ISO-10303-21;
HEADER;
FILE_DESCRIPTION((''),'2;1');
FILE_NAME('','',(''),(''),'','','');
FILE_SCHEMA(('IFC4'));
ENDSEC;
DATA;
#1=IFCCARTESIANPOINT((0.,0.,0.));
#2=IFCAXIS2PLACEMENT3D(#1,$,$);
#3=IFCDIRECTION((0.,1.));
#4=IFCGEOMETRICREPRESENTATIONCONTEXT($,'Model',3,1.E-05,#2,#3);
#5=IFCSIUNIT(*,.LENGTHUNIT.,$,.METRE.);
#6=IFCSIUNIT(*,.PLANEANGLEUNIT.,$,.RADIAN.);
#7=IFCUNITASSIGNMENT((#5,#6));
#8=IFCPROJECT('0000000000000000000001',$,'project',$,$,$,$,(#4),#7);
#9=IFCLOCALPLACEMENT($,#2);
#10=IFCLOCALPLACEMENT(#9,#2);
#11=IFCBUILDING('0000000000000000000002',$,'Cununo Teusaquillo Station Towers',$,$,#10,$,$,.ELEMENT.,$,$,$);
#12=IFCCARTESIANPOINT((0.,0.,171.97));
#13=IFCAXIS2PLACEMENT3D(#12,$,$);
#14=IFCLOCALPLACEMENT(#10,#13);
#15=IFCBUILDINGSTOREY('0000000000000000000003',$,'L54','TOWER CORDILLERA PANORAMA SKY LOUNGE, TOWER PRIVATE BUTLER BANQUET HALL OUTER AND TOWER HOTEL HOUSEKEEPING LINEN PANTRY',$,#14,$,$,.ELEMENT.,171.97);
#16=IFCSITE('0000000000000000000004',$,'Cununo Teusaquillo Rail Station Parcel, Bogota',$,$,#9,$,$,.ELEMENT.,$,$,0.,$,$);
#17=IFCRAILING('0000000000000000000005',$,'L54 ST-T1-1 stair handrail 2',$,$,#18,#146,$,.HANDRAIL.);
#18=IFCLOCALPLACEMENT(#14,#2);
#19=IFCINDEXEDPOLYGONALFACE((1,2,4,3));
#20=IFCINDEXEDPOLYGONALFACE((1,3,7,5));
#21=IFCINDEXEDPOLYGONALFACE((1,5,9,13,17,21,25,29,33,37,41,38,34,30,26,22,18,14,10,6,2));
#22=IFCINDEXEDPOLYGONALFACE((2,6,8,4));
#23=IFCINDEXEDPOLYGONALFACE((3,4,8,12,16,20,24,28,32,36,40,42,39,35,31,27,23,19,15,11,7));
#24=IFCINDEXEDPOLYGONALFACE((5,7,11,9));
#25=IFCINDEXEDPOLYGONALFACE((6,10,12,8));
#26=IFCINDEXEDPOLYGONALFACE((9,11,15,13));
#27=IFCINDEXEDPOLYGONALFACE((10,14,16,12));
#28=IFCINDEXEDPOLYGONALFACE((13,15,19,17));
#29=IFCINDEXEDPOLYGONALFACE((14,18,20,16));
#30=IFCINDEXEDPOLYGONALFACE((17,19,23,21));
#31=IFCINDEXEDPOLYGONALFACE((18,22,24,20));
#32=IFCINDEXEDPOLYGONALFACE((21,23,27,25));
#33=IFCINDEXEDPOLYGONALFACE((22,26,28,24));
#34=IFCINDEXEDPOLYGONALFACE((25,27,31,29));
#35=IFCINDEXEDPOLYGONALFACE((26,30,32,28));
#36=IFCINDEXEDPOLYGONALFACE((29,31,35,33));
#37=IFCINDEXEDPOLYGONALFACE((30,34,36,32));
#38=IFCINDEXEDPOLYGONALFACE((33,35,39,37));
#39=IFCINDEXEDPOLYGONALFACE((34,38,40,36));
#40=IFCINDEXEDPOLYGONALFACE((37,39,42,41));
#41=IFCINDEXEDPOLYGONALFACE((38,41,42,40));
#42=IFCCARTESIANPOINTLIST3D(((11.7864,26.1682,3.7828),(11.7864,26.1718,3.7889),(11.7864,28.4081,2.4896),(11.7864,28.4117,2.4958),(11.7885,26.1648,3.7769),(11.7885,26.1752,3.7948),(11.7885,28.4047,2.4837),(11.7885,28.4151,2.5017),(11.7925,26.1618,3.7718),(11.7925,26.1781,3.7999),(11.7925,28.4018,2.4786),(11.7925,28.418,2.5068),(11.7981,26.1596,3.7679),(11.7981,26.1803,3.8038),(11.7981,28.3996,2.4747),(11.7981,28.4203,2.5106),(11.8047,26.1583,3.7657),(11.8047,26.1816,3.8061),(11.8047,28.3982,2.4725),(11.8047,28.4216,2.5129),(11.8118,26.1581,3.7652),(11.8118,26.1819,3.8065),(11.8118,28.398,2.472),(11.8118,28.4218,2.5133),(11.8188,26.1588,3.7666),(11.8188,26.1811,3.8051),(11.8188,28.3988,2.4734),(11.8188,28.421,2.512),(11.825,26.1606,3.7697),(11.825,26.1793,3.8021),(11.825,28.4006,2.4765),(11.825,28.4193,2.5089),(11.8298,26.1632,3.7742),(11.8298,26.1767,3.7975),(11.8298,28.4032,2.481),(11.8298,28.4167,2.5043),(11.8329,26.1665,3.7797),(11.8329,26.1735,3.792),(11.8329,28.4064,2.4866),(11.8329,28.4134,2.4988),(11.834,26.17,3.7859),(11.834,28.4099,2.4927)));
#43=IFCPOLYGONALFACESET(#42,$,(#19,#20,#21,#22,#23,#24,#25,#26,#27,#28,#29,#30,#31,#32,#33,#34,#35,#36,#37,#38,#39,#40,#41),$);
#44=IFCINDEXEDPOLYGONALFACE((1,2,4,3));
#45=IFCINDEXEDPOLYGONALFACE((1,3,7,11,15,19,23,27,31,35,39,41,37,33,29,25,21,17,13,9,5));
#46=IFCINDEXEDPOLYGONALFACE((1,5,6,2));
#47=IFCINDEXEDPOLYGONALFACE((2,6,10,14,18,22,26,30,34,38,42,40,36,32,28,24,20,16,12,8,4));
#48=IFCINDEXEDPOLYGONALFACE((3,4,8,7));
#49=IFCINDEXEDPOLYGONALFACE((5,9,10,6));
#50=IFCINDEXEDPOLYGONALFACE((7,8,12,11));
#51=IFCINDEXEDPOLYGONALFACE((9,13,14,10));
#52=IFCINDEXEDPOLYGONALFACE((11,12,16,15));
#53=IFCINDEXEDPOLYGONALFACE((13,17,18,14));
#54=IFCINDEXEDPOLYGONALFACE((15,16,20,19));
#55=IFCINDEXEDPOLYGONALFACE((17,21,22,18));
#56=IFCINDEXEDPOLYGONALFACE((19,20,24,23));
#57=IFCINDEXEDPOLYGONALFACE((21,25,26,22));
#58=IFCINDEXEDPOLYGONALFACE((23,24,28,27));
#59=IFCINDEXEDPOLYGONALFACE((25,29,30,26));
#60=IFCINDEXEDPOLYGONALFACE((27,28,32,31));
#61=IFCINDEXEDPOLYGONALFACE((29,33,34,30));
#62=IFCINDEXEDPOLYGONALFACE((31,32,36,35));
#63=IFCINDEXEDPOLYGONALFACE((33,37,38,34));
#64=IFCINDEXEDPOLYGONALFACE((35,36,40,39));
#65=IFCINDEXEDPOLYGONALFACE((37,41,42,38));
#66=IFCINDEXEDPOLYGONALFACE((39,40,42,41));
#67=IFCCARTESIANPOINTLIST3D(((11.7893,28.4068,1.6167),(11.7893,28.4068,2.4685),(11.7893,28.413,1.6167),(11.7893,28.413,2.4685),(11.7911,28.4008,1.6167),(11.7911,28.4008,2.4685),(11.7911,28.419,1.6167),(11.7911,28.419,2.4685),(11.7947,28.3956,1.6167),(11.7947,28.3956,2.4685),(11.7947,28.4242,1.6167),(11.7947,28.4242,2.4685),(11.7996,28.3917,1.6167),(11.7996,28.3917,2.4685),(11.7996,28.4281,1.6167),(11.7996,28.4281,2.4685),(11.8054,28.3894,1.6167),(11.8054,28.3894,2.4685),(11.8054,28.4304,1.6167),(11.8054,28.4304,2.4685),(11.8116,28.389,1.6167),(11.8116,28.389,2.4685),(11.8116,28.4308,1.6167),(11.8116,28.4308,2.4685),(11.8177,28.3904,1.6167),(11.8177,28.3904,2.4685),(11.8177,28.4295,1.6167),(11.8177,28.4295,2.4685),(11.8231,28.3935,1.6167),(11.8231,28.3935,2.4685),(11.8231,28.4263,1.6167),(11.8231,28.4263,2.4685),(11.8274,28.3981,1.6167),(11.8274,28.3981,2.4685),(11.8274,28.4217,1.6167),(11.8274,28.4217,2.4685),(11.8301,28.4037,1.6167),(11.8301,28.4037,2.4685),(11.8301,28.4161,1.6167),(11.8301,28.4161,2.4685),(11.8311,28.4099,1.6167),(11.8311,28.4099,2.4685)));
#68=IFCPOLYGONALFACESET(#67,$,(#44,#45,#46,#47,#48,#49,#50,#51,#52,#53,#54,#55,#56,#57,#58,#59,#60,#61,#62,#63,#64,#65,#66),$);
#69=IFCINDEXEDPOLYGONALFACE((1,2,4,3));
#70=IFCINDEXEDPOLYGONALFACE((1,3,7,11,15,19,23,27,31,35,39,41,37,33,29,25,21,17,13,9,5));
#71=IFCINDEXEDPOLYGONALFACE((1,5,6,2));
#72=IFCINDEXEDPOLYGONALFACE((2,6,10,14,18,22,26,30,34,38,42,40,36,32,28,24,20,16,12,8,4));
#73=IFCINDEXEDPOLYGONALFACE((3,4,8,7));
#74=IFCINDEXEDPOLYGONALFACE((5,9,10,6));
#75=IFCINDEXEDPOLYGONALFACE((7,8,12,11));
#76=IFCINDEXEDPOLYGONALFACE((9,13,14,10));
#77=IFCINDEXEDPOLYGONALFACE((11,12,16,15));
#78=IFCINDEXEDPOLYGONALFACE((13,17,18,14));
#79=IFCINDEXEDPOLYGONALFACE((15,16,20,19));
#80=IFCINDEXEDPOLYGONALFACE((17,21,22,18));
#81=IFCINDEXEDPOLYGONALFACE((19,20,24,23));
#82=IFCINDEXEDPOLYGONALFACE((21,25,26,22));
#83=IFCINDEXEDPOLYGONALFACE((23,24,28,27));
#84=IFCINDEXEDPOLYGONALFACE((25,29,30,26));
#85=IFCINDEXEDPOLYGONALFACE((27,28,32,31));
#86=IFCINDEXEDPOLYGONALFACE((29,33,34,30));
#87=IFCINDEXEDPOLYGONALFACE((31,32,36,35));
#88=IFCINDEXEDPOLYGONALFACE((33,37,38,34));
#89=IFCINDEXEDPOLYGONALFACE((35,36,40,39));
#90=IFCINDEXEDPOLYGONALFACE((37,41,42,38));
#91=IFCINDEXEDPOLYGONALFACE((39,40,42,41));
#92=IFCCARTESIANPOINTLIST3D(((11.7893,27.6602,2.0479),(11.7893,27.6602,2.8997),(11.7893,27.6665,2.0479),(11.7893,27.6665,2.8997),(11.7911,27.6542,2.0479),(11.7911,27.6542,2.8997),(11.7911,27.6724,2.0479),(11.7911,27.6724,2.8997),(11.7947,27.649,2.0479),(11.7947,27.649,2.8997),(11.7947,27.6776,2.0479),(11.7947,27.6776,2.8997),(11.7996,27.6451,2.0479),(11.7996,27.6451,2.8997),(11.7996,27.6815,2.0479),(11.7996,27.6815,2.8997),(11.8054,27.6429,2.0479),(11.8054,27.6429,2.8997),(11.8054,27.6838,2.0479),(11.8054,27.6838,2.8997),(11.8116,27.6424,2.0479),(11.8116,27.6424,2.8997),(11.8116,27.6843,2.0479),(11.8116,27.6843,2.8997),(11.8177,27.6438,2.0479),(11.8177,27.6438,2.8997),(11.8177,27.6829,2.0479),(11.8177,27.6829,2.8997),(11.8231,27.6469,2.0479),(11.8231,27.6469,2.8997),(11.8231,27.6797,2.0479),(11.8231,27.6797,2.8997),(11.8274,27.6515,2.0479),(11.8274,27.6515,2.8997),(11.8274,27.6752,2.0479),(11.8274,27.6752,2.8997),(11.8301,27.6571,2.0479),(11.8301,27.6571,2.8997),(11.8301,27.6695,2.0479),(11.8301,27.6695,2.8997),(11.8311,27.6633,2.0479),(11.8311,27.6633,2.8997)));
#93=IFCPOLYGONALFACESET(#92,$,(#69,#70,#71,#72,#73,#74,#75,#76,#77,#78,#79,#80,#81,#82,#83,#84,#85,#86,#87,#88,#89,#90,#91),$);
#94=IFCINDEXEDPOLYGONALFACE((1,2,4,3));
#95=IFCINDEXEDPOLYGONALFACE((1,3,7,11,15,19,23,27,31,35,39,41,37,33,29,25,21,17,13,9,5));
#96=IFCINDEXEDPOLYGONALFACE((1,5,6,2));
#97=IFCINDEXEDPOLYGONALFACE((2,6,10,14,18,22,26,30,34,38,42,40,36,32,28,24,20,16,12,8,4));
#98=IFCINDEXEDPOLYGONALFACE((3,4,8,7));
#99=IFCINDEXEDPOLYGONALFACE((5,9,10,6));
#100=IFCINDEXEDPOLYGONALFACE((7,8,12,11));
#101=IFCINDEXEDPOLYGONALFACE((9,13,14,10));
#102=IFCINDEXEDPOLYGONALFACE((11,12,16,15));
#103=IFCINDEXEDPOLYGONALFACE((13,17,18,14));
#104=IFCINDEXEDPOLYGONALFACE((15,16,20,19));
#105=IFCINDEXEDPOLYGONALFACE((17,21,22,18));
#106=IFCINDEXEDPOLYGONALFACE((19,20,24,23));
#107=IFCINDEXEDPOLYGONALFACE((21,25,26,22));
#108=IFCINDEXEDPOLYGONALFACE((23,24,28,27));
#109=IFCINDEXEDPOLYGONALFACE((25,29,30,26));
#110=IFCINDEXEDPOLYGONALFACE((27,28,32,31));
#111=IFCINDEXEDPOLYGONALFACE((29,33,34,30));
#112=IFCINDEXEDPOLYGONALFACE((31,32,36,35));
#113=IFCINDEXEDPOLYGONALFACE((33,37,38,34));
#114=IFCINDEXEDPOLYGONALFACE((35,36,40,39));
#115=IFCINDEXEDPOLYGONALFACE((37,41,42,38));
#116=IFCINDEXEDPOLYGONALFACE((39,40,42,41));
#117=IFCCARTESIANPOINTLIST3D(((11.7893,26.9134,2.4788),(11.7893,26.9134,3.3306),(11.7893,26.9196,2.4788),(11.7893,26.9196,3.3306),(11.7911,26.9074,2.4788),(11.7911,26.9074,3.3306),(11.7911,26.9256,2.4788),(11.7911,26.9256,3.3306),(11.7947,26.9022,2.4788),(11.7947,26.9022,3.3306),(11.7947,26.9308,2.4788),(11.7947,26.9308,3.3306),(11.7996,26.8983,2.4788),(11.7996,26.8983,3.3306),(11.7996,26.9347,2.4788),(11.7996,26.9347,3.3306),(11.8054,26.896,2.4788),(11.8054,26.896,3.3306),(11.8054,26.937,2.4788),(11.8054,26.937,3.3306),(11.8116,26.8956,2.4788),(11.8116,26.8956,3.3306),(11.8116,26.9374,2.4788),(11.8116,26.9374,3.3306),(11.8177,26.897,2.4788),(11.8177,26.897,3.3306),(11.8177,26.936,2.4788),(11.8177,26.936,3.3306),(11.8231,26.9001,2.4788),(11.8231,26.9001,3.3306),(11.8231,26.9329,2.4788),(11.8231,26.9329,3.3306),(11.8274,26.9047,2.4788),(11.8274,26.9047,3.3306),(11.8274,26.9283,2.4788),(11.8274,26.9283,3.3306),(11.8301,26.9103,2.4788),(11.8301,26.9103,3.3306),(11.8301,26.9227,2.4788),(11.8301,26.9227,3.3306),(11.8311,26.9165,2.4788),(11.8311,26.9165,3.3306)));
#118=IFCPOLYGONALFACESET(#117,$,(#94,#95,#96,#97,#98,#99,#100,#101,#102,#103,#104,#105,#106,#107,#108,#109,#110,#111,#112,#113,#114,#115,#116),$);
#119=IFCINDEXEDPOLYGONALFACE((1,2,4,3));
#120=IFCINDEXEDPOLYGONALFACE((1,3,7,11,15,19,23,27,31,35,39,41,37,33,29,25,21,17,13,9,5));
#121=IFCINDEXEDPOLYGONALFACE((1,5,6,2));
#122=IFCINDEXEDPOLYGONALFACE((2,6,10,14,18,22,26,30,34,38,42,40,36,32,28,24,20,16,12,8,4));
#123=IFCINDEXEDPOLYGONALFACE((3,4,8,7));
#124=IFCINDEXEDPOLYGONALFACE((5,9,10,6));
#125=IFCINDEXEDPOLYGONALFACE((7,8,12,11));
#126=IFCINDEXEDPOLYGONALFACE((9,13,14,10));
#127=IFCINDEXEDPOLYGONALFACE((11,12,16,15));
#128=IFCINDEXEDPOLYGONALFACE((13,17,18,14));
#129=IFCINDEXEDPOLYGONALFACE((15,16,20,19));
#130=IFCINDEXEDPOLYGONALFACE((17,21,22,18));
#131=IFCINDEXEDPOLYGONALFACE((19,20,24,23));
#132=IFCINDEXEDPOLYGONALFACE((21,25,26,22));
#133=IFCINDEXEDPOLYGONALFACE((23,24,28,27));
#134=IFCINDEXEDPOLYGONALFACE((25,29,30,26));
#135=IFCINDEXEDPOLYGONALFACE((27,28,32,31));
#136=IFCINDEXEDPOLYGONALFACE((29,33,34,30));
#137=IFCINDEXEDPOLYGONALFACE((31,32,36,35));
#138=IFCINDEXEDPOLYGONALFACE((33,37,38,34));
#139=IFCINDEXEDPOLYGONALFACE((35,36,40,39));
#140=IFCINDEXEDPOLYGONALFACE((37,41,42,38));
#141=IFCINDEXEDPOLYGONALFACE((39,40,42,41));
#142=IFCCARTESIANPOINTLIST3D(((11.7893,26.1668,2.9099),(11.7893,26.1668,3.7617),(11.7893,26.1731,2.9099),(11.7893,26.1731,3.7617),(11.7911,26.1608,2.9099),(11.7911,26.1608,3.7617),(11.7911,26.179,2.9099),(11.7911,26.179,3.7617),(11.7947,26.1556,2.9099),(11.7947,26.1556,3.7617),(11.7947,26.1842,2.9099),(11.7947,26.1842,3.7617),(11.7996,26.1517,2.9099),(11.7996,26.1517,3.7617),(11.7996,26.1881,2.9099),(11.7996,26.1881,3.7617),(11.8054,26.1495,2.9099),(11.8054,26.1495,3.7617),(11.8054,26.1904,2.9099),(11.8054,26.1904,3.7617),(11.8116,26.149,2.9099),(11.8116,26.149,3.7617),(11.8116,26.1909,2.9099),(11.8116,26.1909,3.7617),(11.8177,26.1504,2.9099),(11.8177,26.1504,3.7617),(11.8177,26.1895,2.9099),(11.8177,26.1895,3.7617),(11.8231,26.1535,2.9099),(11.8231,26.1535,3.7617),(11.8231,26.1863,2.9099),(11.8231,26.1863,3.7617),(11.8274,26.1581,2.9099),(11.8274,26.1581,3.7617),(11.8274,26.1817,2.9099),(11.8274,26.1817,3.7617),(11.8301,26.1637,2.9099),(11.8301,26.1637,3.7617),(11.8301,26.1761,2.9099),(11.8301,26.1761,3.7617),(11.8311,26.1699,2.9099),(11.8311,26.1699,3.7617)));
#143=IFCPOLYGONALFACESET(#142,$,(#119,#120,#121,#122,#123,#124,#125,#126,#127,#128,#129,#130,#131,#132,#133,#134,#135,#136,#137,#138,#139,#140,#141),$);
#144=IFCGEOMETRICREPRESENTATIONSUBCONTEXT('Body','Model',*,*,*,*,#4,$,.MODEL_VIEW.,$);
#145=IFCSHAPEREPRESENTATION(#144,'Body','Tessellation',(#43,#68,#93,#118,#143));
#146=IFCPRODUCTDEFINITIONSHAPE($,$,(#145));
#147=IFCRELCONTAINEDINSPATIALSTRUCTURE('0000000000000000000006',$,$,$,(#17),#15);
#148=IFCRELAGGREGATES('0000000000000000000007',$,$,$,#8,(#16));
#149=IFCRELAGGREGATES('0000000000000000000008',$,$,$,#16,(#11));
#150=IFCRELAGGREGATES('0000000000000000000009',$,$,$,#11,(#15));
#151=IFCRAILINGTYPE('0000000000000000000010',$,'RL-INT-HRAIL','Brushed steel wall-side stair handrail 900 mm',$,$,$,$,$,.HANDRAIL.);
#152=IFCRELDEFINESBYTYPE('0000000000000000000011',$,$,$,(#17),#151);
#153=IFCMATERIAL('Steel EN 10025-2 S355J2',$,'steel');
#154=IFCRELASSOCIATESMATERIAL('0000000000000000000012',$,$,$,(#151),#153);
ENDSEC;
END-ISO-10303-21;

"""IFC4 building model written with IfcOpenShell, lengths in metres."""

from ifc_helpers import new_model, si_unit, direction, frame, origin, origin_2d, place, context, subcontext, project, spatial, circle, extrude, material, type_object, element, save


model = new_model("IFC4")

# Units and contexts
model_context = context("Model", 3, precision=1e-05, world=origin(), true_north=direction((0.0, 1.0)))
body_context = subcontext(model_context, "Body", "Model", "MODEL_VIEW")
ifc_project = project(units=[si_unit("LENGTHUNIT", "METRE"), si_unit("PLANEANGLEUNIT", "RADIAN")], contexts=[model_context])

# Site, building, storey
site_placement = place(None, origin())
site = spatial("IfcSite", under=ifc_project, at=site_placement, Name="Cununo Teusaquillo Rail Station Parcel, Bogota", CompositionType="ELEMENT", RefElevation=0.0)
building_placement = place(site_placement, origin())
building = spatial("IfcBuilding", under=site, at=building_placement, Name="Cununo Teusaquillo Station Towers", CompositionType="ELEMENT")
storey_placement = place(building_placement, frame((0.0, 0.0, 171.97)))
storey = spatial("IfcBuildingStorey", under=building, at=storey_placement, Name="L54", Description="TOWER CORDILLERA PANORAMA SKY LOUNGE, TOWER PRIVATE BUTLER BANQUET HALL OUTER AND TOWER HOTEL HOUSEKEEPING LINEN PANTRY", CompositionType="ELEMENT", Elevation=171.97)

# Railing
ifc_material_1 = material(Name="Steel EN 10025-2 S355J2", Category="steel")
railing_type_1 = type_object("IfcRailingType", Name="RL-INT-HRAIL", Description="Brushed steel wall-side stair handrail 900 mm", PredefinedType="HANDRAIL", material=ifc_material_1)
railing_1_placement = place(storey_placement, frame((11.8101, 28.4099, 1.6167)))
element("IfcRailing", 1, at=railing_1_placement, inside=storey, type_object=railing_type_1, Name="L54 ST-T1-1 stair handrail 2", PredefinedType="HANDRAIL", context=body_context, shape_type="SweptSolid", body=[
    extrude(circle(Radius=0.0239, at=origin_2d()), frame((0.0, 0.0, 0.876), z_axis=(0.0, -0.866033, 0.499987), x_axis=(1.0, 0.0, 0.0)), (0.0, 0.0, 1.0), 2.5864),
    extrude(circle(Radius=0.021, at=origin_2d()), origin(), (0.0, 0.0, 1.0), 0.8518),
    extrude(circle(Radius=0.021, at=origin_2d()), frame((0.0, -0.7466, 0.4312)), (0.0, 0.0, 1.0), 0.8518),
    extrude(circle(Radius=0.021, at=origin_2d()), frame((0.0, -1.4934, 0.8621)), (0.0, 0.0, 1.0), 0.8518),
    extrude(circle(Radius=0.021, at=origin_2d()), frame((0.0, -2.24, 1.2932)), (0.0, 0.0, 1.0), 0.8518),
])

save(model, "model.ifc")
